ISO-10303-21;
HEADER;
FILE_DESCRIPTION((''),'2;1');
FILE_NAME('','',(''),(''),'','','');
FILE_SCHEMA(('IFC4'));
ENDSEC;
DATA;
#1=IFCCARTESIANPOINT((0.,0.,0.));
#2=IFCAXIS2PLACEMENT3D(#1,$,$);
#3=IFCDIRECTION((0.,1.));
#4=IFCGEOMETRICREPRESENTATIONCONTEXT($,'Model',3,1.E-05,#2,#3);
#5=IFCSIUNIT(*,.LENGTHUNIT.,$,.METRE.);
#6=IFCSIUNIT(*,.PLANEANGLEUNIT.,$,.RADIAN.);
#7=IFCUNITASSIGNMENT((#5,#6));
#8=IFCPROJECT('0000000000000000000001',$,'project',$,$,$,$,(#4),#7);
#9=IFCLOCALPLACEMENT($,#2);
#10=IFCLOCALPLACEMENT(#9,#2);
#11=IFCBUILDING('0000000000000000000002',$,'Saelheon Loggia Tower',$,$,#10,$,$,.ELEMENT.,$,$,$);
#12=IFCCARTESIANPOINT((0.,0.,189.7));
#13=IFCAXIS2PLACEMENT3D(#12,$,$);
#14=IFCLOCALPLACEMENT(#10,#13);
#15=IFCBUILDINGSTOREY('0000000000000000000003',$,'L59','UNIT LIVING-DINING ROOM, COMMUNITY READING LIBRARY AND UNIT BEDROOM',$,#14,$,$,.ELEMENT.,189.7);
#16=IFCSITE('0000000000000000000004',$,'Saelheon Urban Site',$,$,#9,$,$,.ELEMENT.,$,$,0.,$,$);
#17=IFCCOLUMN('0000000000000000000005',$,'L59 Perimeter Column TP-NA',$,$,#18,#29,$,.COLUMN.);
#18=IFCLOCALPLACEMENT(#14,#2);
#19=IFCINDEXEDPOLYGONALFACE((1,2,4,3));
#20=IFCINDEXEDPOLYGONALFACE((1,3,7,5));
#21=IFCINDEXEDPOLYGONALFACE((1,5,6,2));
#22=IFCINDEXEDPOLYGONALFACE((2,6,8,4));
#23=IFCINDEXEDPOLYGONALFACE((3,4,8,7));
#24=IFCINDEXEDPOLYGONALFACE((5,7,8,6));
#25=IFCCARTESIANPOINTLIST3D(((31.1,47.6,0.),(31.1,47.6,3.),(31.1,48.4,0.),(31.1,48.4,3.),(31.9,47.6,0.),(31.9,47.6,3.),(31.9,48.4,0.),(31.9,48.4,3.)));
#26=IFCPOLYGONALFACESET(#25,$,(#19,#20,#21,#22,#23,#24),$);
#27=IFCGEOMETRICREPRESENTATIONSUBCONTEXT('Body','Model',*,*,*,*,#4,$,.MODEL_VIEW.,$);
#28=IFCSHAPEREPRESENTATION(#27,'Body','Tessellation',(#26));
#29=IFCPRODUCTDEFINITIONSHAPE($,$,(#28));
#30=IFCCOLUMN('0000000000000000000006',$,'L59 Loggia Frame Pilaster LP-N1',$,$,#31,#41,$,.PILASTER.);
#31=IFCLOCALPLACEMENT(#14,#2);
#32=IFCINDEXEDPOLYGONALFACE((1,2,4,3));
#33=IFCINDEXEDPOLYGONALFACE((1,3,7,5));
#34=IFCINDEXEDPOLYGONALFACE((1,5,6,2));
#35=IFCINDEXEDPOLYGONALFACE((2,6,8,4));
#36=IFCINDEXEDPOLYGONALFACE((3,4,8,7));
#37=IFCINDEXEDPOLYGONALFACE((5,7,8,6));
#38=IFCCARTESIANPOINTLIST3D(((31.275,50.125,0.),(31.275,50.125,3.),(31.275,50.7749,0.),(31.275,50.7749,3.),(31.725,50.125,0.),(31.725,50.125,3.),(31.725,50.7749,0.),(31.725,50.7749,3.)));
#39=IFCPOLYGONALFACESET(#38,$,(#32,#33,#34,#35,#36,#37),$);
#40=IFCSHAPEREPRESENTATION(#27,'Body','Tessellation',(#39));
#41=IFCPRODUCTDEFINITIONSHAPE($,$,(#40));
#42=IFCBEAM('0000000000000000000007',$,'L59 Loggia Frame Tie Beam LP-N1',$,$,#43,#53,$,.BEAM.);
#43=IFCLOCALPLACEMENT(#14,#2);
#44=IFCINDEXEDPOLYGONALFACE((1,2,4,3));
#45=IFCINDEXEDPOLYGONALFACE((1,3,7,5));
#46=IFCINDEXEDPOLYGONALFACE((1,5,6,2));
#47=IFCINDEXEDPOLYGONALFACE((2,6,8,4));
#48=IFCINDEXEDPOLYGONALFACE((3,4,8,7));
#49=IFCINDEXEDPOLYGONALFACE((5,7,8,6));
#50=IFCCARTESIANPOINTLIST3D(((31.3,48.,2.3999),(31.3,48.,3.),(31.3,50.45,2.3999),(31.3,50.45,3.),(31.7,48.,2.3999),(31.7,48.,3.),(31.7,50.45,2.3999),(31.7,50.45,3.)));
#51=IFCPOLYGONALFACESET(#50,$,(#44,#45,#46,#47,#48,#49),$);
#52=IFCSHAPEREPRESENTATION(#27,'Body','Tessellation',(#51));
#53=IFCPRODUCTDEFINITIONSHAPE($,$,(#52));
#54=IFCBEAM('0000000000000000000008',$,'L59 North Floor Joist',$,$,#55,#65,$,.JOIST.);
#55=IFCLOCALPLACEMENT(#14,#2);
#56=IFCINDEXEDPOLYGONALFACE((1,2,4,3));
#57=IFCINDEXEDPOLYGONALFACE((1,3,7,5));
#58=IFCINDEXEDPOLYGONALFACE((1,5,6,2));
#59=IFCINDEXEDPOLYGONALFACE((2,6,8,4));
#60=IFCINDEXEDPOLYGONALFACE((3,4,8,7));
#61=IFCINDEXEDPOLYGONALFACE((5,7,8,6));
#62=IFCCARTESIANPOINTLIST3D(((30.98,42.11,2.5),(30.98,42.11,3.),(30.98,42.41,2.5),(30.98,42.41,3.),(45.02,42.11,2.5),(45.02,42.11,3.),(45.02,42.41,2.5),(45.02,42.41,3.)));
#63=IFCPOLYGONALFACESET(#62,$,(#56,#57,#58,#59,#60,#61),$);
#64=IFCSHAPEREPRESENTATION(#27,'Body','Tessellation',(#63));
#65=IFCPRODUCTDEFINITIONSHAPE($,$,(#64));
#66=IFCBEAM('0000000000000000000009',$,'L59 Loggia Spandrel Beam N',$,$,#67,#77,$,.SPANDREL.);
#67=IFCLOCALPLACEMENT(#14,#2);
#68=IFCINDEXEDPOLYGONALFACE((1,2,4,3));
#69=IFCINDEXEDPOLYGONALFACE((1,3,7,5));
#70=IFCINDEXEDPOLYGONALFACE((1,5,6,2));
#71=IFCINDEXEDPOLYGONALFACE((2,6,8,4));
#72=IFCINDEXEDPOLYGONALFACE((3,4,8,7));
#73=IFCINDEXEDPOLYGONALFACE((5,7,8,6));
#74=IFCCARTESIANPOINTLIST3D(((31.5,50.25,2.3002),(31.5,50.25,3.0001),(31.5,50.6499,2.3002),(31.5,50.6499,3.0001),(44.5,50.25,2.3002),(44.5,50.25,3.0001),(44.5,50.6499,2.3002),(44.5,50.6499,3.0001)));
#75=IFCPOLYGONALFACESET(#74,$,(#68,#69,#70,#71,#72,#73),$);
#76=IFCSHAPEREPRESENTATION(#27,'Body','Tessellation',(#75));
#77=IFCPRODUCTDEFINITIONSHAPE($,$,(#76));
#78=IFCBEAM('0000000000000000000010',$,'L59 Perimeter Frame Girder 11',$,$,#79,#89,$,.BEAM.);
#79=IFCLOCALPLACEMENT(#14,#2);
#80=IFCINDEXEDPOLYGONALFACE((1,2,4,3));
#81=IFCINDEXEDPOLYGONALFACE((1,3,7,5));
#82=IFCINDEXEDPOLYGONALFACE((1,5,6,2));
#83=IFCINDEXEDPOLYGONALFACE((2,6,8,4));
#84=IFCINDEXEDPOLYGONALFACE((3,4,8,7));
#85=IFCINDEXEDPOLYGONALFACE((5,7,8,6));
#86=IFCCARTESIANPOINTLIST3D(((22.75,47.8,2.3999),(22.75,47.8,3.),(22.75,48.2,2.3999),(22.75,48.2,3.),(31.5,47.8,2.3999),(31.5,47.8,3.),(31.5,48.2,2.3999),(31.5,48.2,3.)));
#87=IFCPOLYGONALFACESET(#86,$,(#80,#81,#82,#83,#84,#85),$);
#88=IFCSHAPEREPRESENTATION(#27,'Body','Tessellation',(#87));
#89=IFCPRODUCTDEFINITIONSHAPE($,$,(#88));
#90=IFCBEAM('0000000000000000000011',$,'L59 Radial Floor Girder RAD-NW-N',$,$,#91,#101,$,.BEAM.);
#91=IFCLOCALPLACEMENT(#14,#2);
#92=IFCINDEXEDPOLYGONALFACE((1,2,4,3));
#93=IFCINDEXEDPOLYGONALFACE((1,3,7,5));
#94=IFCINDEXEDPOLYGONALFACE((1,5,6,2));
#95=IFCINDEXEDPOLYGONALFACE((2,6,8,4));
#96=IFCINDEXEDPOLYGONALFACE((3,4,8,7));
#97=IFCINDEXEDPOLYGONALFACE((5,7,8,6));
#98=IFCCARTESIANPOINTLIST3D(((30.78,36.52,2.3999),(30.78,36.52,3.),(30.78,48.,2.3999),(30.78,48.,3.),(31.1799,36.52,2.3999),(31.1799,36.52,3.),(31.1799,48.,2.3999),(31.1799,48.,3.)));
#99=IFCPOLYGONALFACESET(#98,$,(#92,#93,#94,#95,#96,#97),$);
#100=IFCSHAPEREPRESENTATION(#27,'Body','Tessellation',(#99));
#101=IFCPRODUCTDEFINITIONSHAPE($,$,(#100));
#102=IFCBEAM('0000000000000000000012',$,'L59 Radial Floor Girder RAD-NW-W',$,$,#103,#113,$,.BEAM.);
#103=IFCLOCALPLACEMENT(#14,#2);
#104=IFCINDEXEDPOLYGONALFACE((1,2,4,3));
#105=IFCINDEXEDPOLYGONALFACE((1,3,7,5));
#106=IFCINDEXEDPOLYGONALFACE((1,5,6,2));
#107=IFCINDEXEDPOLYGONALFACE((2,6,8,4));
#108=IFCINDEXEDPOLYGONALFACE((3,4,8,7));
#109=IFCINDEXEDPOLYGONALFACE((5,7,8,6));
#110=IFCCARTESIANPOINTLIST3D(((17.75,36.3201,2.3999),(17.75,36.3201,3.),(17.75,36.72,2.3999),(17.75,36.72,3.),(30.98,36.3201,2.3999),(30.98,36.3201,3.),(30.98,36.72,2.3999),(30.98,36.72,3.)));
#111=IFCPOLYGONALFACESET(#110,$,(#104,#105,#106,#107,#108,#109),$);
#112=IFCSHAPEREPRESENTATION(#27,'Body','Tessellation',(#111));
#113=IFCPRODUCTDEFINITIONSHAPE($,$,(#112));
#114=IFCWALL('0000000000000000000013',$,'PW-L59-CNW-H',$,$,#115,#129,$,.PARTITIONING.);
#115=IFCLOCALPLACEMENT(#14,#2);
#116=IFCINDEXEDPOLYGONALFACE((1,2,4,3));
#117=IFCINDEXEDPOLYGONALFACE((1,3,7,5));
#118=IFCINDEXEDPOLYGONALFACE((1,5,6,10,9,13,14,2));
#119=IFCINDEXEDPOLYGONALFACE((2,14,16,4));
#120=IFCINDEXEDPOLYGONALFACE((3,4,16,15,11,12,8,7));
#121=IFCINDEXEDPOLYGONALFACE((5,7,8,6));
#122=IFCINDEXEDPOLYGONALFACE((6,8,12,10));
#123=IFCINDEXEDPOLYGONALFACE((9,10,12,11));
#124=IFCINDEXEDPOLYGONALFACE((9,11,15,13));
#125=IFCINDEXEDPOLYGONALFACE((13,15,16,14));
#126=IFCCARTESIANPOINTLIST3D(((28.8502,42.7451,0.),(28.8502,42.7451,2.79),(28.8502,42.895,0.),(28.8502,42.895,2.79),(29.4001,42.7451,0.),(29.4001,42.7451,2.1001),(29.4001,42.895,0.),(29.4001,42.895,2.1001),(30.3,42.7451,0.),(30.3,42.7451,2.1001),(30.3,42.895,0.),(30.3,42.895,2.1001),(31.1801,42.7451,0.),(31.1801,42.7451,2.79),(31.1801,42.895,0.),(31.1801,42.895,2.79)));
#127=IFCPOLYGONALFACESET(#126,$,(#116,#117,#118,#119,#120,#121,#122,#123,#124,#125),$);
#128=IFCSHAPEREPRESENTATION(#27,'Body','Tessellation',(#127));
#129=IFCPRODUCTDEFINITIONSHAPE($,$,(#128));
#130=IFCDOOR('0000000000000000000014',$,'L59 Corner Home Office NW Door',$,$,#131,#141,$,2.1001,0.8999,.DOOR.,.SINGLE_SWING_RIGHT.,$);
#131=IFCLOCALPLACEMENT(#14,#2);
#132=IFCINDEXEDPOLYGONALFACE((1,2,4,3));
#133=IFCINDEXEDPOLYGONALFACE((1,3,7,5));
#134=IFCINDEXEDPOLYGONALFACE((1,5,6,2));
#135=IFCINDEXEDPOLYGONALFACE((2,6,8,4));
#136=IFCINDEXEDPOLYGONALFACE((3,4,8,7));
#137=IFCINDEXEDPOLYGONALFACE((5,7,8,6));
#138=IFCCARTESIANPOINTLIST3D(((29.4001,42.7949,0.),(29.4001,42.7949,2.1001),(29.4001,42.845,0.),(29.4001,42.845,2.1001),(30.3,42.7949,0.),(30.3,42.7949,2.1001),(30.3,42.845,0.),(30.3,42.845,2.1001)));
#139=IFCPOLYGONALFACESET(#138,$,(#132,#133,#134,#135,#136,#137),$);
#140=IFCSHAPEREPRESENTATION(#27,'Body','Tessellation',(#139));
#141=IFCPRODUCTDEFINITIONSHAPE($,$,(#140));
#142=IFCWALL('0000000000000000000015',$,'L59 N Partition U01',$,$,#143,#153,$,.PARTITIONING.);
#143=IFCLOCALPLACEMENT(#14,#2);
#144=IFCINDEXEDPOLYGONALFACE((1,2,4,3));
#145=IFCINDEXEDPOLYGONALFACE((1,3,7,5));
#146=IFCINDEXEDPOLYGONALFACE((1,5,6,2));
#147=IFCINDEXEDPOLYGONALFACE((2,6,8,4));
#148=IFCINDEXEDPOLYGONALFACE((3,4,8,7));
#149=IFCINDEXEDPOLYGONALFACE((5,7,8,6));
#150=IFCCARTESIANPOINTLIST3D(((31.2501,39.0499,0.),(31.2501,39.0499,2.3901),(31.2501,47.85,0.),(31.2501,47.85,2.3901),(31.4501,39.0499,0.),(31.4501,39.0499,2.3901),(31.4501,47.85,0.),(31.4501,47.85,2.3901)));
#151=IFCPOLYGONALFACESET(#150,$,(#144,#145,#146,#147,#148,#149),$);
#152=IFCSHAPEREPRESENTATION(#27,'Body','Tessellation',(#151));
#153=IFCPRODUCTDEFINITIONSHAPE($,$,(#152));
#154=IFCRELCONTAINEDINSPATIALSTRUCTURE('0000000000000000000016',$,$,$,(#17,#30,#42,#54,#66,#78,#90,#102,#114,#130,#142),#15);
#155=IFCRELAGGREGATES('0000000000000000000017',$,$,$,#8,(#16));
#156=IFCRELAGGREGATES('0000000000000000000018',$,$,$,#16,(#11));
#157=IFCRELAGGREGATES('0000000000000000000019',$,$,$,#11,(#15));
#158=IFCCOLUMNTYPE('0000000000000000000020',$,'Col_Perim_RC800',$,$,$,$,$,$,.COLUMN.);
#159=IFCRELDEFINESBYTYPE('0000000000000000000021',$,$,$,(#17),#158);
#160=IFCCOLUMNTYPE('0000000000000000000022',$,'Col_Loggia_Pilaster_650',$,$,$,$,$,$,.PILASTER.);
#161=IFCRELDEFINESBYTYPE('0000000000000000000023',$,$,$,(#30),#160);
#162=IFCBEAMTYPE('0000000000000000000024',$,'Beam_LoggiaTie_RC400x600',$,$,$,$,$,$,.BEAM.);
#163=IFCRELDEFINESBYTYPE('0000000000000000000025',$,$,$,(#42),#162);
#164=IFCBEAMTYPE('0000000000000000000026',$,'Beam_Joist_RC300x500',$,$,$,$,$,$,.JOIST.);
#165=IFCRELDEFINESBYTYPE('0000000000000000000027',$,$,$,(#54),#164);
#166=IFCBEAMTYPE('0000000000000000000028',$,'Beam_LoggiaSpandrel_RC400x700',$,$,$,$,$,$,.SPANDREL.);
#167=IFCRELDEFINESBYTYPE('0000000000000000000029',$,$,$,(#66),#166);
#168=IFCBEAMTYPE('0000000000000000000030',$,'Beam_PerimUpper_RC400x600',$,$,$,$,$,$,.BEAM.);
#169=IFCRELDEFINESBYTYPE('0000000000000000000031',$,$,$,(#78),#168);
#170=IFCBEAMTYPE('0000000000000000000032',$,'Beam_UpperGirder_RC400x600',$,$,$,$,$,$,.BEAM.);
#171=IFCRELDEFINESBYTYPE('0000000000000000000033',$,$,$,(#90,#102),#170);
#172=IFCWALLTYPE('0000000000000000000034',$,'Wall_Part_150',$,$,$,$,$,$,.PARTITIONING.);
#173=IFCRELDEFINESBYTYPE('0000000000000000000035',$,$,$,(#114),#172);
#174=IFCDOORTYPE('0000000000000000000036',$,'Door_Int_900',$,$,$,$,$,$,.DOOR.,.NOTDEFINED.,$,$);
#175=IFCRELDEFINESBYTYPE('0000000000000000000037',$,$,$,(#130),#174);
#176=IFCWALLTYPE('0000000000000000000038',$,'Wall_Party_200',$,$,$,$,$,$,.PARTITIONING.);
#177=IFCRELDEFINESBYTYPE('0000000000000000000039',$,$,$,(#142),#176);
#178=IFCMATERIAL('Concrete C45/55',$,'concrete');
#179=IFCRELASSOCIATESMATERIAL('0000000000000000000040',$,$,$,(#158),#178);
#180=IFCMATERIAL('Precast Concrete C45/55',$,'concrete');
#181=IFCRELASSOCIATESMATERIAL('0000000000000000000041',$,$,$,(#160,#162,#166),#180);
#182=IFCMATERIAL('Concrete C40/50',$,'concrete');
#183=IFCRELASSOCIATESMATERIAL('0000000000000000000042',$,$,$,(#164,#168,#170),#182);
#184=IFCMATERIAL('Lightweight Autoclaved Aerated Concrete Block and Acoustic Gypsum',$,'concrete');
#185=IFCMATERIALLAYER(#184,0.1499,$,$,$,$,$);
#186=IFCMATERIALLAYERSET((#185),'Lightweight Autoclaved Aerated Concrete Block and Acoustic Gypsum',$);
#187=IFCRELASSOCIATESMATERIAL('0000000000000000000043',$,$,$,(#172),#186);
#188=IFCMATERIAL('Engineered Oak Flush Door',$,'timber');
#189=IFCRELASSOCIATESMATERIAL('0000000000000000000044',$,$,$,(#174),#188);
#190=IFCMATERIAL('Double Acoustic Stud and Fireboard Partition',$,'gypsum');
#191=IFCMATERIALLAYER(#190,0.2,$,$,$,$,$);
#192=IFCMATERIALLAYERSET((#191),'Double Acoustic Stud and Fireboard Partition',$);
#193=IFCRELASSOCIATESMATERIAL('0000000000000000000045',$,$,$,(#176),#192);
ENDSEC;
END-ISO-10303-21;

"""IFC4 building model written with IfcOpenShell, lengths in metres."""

from ifc_helpers import new_model, si_unit, direction, frame, frame_2d, origin, origin_2d, place, context, subcontext, project, spatial, rectangle, extrude, source, transform, mapped, material, layer, layer_set, material_profile, profile_set, type_object, element, fill, save


model = new_model("IFC4")

# Units and contexts
model_context = context("Model", 3, precision=1e-05, world=origin(), true_north=direction((0.0, 1.0)))
body_context = subcontext(model_context, "Body", "Model", "MODEL_VIEW")
ifc_project = project(units=[si_unit("LENGTHUNIT", "METRE"), si_unit("PLANEANGLEUNIT", "RADIAN")], contexts=[model_context])

# Site, building, storey
site_placement = place(None, origin())
site = spatial("IfcSite", under=ifc_project, at=site_placement, Name="Saelheon Urban Site", CompositionType="ELEMENT", RefElevation=0.0)
building_placement = place(site_placement, origin())
building = spatial("IfcBuilding", under=site, at=building_placement, Name="Saelheon Loggia Tower", CompositionType="ELEMENT")
storey_placement = place(building_placement, frame((0.0, 0.0, 189.7)))
storey = spatial("IfcBuildingStorey", under=building, at=storey_placement, Name="L59", Description="UNIT LIVING-DINING ROOM, COMMUNITY READING LIBRARY AND UNIT BEDROOM", CompositionType="ELEMENT", Elevation=189.7)

# Columns
ifc_material_1 = material(Name="Concrete C45/55", Category="concrete")
ifc_material_profile_1 = material_profile(ifc_material_1, rectangle(XDim=0.8, YDim=0.8, at=origin_2d()), Name="RC-800x800")
ifc_profile_set_1 = profile_set([ifc_material_profile_1], Name="Concrete C45/55")
column_type_1 = type_object("IfcColumnType", Name="Col_Perim_RC800", PredefinedType="COLUMN", material=ifc_profile_set_1)
shared_shape_1 = source(origin(), body_context, "Body", "SweptSolid", [
    extrude(rectangle(XDim=0.8, YDim=0.8, at=origin_2d()), origin(), (0.0, 0.0, 1.0), 3.0),
])
column_1_placement = place(storey_placement, frame((31.5, 48.0, 0.0), z_axis=(0.0, 0.0, 1.0), x_axis=(1.0, 0.0, 0.0)))
element("IfcColumn", 1, at=column_1_placement, inside=storey, type_object=column_type_1, Name="L59 Perimeter Column TP-NA", PredefinedType="COLUMN", context=body_context, shape_type="MappedRepresentation", body=[
    mapped(shared_shape_1, transform((0.0, 0.0, 0.0), scale=1.0)),
])
ifc_material_2 = material(Name="Precast Concrete C45/55", Category="concrete")
ifc_material_profile_2 = material_profile(ifc_material_2, rectangle(XDim=0.45, YDim=0.6499, at=origin_2d()), Name="RC-450x650")
ifc_profile_set_2 = profile_set([ifc_material_profile_2], Name="Precast Concrete C45/55")
column_type_2 = type_object("IfcColumnType", Name="Col_Loggia_Pilaster_650", PredefinedType="PILASTER", material=ifc_profile_set_2)
shared_shape_2 = source(origin(), body_context, "Body", "SweptSolid", [
    extrude(rectangle(XDim=0.45, YDim=0.6499, at=origin_2d()), origin(), (0.0, 0.0, 1.0), 3.0),
])
column_2_placement = place(storey_placement, frame((31.5, 50.45, 0.0), z_axis=(0.0, 0.0, 1.0), x_axis=(1.0, 0.0, 0.0)))
element("IfcColumn", 2, at=column_2_placement, inside=storey, type_object=column_type_2, Name="L59 Loggia Frame Pilaster LP-N1", PredefinedType="PILASTER", context=body_context, shape_type="MappedRepresentation", body=[
    mapped(shared_shape_2, transform((0.0, 0.0, 0.0), scale=1.0)),
])

# Beams
ifc_material_profile_3 = material_profile(ifc_material_2, rectangle(XDim=0.3999, YDim=0.6001, at=origin_2d()), Name="RC-400x600")
ifc_profile_set_3 = profile_set([ifc_material_profile_3], Name="Precast Concrete C45/55")
beam_type_1 = type_object("IfcBeamType", Name="Beam_LoggiaTie_RC400x600", PredefinedType="BEAM", material=ifc_profile_set_3)
shared_shape_3 = source(origin(), body_context, "Body", "SweptSolid", [
    extrude(rectangle(XDim=0.3999, YDim=0.6001, at=origin_2d()), origin(), (0.0, 0.0, 1.0), 2.45),
])
beam_1_placement = place(storey_placement, frame((31.5, 48.0, 2.7), z_axis=(0.0, 1.0, 0.0), x_axis=(-1.0, 0.0, 0.0)))
element("IfcBeam", 3, at=beam_1_placement, inside=storey, type_object=beam_type_1, Name="L59 Loggia Frame Tie Beam LP-N1", PredefinedType="BEAM", context=body_context, shape_type="MappedRepresentation", body=[
    mapped(shared_shape_3, transform((0.0, 0.0, 0.0), scale=1.0)),
])
ifc_material_3 = material(Name="Concrete C40/50", Category="concrete")
ifc_material_profile_4 = material_profile(ifc_material_3, rectangle(XDim=0.3, YDim=0.5, at=origin_2d()), Name="RC-300x500")
ifc_profile_set_4 = profile_set([ifc_material_profile_4], Name="Concrete C40/50")
beam_type_2 = type_object("IfcBeamType", Name="Beam_Joist_RC300x500", PredefinedType="JOIST", material=ifc_profile_set_4)
shared_shape_4 = source(origin(), body_context, "Body", "SweptSolid", [
    extrude(rectangle(XDim=0.3, YDim=0.5, at=origin_2d()), origin(), (0.0, 0.0, 1.0), 14.04),
])
beam_2_placement = place(storey_placement, frame((30.98, 42.26, 2.75), z_axis=(1.0, 0.0, 0.0), x_axis=(0.0, 1.0, 0.0)))
element("IfcBeam", 4, at=beam_2_placement, inside=storey, type_object=beam_type_2, Name="L59 North Floor Joist", PredefinedType="JOIST", context=body_context, shape_type="MappedRepresentation", body=[
    mapped(shared_shape_4, transform((0.0, 0.0, 0.0), scale=1.0)),
])
ifc_material_profile_5 = material_profile(ifc_material_2, rectangle(XDim=0.3999, YDim=0.7, at=origin_2d()), Name="RC-400x700")
ifc_profile_set_5 = profile_set([ifc_material_profile_5], Name="Precast Concrete C45/55")
beam_type_3 = type_object("IfcBeamType", Name="Beam_LoggiaSpandrel_RC400x700", PredefinedType="SPANDREL", material=ifc_profile_set_5)
shared_shape_5 = source(origin(), body_context, "Body", "SweptSolid", [
    extrude(rectangle(XDim=0.3999, YDim=0.7, at=origin_2d()), origin(), (0.0, 0.0, 1.0), 13.0),
])
beam_3_placement = place(storey_placement, frame((31.5, 50.45, 2.6501), z_axis=(1.0, 0.0, 0.0), x_axis=(0.0, 1.0, 0.0)))
element("IfcBeam", 5, at=beam_3_placement, inside=storey, type_object=beam_type_3, Name="L59 Loggia Spandrel Beam N", PredefinedType="SPANDREL", context=body_context, shape_type="MappedRepresentation", body=[
    mapped(shared_shape_5, transform((0.0, 0.0, 0.0), scale=1.0)),
])
ifc_material_profile_6 = material_profile(ifc_material_3, rectangle(XDim=0.3999, YDim=0.6001, at=origin_2d()), Name="RC-400x600")
ifc_profile_set_6 = profile_set([ifc_material_profile_6], Name="Concrete C40/50")
beam_type_4 = type_object("IfcBeamType", Name="Beam_PerimUpper_RC400x600", PredefinedType="BEAM", material=ifc_profile_set_6)
shared_shape_6 = source(origin(), body_context, "Body", "SweptSolid", [
    extrude(rectangle(XDim=0.3999, YDim=0.6001, at=origin_2d()), origin(), (0.0, 0.0, 1.0), 8.75),
])
beam_4_placement = place(storey_placement, frame((31.5, 48.0, 2.7), z_axis=(-1.0, 0.0, 0.0), x_axis=(0.0, -1.0, 0.0)))
element("IfcBeam", 6, at=beam_4_placement, inside=storey, type_object=beam_type_4, Name="L59 Perimeter Frame Girder 11", PredefinedType="BEAM", context=body_context, shape_type="MappedRepresentation", body=[
    mapped(shared_shape_6, transform((0.0, 0.0, 0.0), scale=1.0)),
])
ifc_material_profile_7 = material_profile(ifc_material_3, rectangle(XDim=0.3999, YDim=0.6001, at=origin_2d()), Name="RC-400x600")
ifc_profile_set_7 = profile_set([ifc_material_profile_7], Name="Concrete C40/50")
beam_type_5 = type_object("IfcBeamType", Name="Beam_UpperGirder_RC400x600", PredefinedType="BEAM", material=ifc_profile_set_7)
shared_shape_7 = source(origin(), body_context, "Body", "SweptSolid", [
    extrude(rectangle(XDim=0.3999, YDim=0.6001, at=origin_2d()), origin(), (0.0, 0.0, 1.0), 11.48),
])
beam_5_placement = place(storey_placement, frame((30.98, 36.52, 2.7), z_axis=(0.0, 1.0, 0.0), x_axis=(-1.0, 0.0, 0.0)))
element("IfcBeam", 7, at=beam_5_placement, inside=storey, type_object=beam_type_5, Name="L59 Radial Floor Girder RAD-NW-N", PredefinedType="BEAM", context=body_context, shape_type="MappedRepresentation", body=[
    mapped(shared_shape_7, transform((0.0, 0.0, 0.0), scale=1.0)),
])
shared_shape_8 = source(origin(), body_context, "Body", "SweptSolid", [
    extrude(rectangle(XDim=0.3999, YDim=0.6001, at=origin_2d()), origin(), (0.0, 0.0, 1.0), 13.23),
])
beam_6_placement = place(storey_placement, frame((30.98, 36.52, 2.7), z_axis=(-1.0, 0.0, 0.0), x_axis=(0.0, -1.0, 0.0)))
element("IfcBeam", 8, at=beam_6_placement, inside=storey, type_object=beam_type_5, Name="L59 Radial Floor Girder RAD-NW-W", PredefinedType="BEAM", context=body_context, shape_type="MappedRepresentation", body=[
    mapped(shared_shape_8, transform((0.0, 0.0, 0.0), scale=1.0)),
])

# Wall, opening, door
ifc_material_4 = material(Name="Lightweight Autoclaved Aerated Concrete Block and Acoustic Gypsum", Category="concrete")
ifc_layer_1 = layer(ifc_material_4, 0.1499)
ifc_layer_set_1 = layer_set([ifc_layer_1], Name="Lightweight Autoclaved Aerated Concrete Block and Acoustic Gypsum")
wall_type_1 = type_object("IfcWallType", Name="Wall_Part_150", PredefinedType="PARTITIONING", material=ifc_layer_set_1)
wall_1_placement = place(storey_placement, frame((28.8501, 42.8201, 0.0), z_axis=(0.0, 0.0, 1.0), x_axis=(1.0, 0.0, 0.0)))
wall_1 = element("IfcWall", 9, at=wall_1_placement, inside=storey, type_object=wall_type_1, Name="PW-L59-CNW-H", PredefinedType="PARTITIONING", context=body_context, shape_type="SweptSolid", body=[
    extrude(rectangle(XDim=2.3298, YDim=0.1499, at=frame_2d((1.165, 0.0))), origin(), (0.0, 0.0, 1.0), 2.79),
])
opening_1_placement = place(wall_1_placement, frame((0.55, 0.0, 0.0)))
opening_1 = element("IfcOpeningElement", 10, at=opening_1_placement, cuts=wall_1, PredefinedType="OPENING", context=body_context, shape_type="SweptSolid", body=[
    extrude(rectangle(XDim=0.8999, YDim=2.1001, at=frame_2d((0.45, 1.05))), frame((0.0, 0.0869, 0.0), z_axis=(0.0, -1.0, 0.0), x_axis=(1.0, 0.0, 0.0)), (0.0, 0.0, 1.0), 0.1738),
])
ifc_material_5 = material(Name="Engineered Oak Flush Door", Category="timber")
door_type_1 = type_object("IfcDoorType", Name="Door_Int_900", OperationType="NOTDEFINED", PredefinedType="DOOR", material=ifc_material_5)
shared_shape_9 = source(origin(), body_context, "Body", "SweptSolid", [
    extrude(rectangle(XDim=0.8999, YDim=2.1001, at=frame_2d((0.45, 1.05))), frame((0.0, 0.0249, 0.0), z_axis=(0.0, -1.0, 0.0), x_axis=(1.0, 0.0, 0.0)), (0.0, 0.0, 1.0), 0.05),
])
door_1_placement = place(opening_1_placement, origin())
door_1 = element("IfcDoor", 11, at=door_1_placement, inside=storey, type_object=door_type_1, Name="L59 Corner Home Office NW Door", OperationType="SINGLE_SWING_RIGHT", OverallHeight=2.1001, OverallWidth=0.8999, PredefinedType="DOOR", context=body_context, shape_type="MappedRepresentation", body=[
    mapped(shared_shape_9, transform((0.0, 0.0, 0.0), scale=1.0)),
])
fill(opening_1, door_1)

# Wall
ifc_material_6 = material(Name="Double Acoustic Stud and Fireboard Partition", Category="gypsum")
ifc_layer_2 = layer(ifc_material_6, 0.2)
ifc_layer_set_2 = layer_set([ifc_layer_2], Name="Double Acoustic Stud and Fireboard Partition")
wall_type_2 = type_object("IfcWallType", Name="Wall_Party_200", PredefinedType="PARTITIONING", material=ifc_layer_set_2)
wall_2_placement = place(storey_placement, frame((31.3501, 39.05, 0.0), z_axis=(0.0, 0.0, 1.0), x_axis=(0.0, 1.0, 0.0)))
element("IfcWall", 12, at=wall_2_placement, inside=storey, type_object=wall_type_2, Name="L59 N Partition U01", PredefinedType="PARTITIONING", context=body_context, shape_type="SweptSolid", body=[
    extrude(rectangle(XDim=8.8, YDim=0.2, at=frame_2d((4.3999, 0.0))), origin(), (0.0, 0.0, 1.0), 2.3901),
])

save(model, "model.ifc")
